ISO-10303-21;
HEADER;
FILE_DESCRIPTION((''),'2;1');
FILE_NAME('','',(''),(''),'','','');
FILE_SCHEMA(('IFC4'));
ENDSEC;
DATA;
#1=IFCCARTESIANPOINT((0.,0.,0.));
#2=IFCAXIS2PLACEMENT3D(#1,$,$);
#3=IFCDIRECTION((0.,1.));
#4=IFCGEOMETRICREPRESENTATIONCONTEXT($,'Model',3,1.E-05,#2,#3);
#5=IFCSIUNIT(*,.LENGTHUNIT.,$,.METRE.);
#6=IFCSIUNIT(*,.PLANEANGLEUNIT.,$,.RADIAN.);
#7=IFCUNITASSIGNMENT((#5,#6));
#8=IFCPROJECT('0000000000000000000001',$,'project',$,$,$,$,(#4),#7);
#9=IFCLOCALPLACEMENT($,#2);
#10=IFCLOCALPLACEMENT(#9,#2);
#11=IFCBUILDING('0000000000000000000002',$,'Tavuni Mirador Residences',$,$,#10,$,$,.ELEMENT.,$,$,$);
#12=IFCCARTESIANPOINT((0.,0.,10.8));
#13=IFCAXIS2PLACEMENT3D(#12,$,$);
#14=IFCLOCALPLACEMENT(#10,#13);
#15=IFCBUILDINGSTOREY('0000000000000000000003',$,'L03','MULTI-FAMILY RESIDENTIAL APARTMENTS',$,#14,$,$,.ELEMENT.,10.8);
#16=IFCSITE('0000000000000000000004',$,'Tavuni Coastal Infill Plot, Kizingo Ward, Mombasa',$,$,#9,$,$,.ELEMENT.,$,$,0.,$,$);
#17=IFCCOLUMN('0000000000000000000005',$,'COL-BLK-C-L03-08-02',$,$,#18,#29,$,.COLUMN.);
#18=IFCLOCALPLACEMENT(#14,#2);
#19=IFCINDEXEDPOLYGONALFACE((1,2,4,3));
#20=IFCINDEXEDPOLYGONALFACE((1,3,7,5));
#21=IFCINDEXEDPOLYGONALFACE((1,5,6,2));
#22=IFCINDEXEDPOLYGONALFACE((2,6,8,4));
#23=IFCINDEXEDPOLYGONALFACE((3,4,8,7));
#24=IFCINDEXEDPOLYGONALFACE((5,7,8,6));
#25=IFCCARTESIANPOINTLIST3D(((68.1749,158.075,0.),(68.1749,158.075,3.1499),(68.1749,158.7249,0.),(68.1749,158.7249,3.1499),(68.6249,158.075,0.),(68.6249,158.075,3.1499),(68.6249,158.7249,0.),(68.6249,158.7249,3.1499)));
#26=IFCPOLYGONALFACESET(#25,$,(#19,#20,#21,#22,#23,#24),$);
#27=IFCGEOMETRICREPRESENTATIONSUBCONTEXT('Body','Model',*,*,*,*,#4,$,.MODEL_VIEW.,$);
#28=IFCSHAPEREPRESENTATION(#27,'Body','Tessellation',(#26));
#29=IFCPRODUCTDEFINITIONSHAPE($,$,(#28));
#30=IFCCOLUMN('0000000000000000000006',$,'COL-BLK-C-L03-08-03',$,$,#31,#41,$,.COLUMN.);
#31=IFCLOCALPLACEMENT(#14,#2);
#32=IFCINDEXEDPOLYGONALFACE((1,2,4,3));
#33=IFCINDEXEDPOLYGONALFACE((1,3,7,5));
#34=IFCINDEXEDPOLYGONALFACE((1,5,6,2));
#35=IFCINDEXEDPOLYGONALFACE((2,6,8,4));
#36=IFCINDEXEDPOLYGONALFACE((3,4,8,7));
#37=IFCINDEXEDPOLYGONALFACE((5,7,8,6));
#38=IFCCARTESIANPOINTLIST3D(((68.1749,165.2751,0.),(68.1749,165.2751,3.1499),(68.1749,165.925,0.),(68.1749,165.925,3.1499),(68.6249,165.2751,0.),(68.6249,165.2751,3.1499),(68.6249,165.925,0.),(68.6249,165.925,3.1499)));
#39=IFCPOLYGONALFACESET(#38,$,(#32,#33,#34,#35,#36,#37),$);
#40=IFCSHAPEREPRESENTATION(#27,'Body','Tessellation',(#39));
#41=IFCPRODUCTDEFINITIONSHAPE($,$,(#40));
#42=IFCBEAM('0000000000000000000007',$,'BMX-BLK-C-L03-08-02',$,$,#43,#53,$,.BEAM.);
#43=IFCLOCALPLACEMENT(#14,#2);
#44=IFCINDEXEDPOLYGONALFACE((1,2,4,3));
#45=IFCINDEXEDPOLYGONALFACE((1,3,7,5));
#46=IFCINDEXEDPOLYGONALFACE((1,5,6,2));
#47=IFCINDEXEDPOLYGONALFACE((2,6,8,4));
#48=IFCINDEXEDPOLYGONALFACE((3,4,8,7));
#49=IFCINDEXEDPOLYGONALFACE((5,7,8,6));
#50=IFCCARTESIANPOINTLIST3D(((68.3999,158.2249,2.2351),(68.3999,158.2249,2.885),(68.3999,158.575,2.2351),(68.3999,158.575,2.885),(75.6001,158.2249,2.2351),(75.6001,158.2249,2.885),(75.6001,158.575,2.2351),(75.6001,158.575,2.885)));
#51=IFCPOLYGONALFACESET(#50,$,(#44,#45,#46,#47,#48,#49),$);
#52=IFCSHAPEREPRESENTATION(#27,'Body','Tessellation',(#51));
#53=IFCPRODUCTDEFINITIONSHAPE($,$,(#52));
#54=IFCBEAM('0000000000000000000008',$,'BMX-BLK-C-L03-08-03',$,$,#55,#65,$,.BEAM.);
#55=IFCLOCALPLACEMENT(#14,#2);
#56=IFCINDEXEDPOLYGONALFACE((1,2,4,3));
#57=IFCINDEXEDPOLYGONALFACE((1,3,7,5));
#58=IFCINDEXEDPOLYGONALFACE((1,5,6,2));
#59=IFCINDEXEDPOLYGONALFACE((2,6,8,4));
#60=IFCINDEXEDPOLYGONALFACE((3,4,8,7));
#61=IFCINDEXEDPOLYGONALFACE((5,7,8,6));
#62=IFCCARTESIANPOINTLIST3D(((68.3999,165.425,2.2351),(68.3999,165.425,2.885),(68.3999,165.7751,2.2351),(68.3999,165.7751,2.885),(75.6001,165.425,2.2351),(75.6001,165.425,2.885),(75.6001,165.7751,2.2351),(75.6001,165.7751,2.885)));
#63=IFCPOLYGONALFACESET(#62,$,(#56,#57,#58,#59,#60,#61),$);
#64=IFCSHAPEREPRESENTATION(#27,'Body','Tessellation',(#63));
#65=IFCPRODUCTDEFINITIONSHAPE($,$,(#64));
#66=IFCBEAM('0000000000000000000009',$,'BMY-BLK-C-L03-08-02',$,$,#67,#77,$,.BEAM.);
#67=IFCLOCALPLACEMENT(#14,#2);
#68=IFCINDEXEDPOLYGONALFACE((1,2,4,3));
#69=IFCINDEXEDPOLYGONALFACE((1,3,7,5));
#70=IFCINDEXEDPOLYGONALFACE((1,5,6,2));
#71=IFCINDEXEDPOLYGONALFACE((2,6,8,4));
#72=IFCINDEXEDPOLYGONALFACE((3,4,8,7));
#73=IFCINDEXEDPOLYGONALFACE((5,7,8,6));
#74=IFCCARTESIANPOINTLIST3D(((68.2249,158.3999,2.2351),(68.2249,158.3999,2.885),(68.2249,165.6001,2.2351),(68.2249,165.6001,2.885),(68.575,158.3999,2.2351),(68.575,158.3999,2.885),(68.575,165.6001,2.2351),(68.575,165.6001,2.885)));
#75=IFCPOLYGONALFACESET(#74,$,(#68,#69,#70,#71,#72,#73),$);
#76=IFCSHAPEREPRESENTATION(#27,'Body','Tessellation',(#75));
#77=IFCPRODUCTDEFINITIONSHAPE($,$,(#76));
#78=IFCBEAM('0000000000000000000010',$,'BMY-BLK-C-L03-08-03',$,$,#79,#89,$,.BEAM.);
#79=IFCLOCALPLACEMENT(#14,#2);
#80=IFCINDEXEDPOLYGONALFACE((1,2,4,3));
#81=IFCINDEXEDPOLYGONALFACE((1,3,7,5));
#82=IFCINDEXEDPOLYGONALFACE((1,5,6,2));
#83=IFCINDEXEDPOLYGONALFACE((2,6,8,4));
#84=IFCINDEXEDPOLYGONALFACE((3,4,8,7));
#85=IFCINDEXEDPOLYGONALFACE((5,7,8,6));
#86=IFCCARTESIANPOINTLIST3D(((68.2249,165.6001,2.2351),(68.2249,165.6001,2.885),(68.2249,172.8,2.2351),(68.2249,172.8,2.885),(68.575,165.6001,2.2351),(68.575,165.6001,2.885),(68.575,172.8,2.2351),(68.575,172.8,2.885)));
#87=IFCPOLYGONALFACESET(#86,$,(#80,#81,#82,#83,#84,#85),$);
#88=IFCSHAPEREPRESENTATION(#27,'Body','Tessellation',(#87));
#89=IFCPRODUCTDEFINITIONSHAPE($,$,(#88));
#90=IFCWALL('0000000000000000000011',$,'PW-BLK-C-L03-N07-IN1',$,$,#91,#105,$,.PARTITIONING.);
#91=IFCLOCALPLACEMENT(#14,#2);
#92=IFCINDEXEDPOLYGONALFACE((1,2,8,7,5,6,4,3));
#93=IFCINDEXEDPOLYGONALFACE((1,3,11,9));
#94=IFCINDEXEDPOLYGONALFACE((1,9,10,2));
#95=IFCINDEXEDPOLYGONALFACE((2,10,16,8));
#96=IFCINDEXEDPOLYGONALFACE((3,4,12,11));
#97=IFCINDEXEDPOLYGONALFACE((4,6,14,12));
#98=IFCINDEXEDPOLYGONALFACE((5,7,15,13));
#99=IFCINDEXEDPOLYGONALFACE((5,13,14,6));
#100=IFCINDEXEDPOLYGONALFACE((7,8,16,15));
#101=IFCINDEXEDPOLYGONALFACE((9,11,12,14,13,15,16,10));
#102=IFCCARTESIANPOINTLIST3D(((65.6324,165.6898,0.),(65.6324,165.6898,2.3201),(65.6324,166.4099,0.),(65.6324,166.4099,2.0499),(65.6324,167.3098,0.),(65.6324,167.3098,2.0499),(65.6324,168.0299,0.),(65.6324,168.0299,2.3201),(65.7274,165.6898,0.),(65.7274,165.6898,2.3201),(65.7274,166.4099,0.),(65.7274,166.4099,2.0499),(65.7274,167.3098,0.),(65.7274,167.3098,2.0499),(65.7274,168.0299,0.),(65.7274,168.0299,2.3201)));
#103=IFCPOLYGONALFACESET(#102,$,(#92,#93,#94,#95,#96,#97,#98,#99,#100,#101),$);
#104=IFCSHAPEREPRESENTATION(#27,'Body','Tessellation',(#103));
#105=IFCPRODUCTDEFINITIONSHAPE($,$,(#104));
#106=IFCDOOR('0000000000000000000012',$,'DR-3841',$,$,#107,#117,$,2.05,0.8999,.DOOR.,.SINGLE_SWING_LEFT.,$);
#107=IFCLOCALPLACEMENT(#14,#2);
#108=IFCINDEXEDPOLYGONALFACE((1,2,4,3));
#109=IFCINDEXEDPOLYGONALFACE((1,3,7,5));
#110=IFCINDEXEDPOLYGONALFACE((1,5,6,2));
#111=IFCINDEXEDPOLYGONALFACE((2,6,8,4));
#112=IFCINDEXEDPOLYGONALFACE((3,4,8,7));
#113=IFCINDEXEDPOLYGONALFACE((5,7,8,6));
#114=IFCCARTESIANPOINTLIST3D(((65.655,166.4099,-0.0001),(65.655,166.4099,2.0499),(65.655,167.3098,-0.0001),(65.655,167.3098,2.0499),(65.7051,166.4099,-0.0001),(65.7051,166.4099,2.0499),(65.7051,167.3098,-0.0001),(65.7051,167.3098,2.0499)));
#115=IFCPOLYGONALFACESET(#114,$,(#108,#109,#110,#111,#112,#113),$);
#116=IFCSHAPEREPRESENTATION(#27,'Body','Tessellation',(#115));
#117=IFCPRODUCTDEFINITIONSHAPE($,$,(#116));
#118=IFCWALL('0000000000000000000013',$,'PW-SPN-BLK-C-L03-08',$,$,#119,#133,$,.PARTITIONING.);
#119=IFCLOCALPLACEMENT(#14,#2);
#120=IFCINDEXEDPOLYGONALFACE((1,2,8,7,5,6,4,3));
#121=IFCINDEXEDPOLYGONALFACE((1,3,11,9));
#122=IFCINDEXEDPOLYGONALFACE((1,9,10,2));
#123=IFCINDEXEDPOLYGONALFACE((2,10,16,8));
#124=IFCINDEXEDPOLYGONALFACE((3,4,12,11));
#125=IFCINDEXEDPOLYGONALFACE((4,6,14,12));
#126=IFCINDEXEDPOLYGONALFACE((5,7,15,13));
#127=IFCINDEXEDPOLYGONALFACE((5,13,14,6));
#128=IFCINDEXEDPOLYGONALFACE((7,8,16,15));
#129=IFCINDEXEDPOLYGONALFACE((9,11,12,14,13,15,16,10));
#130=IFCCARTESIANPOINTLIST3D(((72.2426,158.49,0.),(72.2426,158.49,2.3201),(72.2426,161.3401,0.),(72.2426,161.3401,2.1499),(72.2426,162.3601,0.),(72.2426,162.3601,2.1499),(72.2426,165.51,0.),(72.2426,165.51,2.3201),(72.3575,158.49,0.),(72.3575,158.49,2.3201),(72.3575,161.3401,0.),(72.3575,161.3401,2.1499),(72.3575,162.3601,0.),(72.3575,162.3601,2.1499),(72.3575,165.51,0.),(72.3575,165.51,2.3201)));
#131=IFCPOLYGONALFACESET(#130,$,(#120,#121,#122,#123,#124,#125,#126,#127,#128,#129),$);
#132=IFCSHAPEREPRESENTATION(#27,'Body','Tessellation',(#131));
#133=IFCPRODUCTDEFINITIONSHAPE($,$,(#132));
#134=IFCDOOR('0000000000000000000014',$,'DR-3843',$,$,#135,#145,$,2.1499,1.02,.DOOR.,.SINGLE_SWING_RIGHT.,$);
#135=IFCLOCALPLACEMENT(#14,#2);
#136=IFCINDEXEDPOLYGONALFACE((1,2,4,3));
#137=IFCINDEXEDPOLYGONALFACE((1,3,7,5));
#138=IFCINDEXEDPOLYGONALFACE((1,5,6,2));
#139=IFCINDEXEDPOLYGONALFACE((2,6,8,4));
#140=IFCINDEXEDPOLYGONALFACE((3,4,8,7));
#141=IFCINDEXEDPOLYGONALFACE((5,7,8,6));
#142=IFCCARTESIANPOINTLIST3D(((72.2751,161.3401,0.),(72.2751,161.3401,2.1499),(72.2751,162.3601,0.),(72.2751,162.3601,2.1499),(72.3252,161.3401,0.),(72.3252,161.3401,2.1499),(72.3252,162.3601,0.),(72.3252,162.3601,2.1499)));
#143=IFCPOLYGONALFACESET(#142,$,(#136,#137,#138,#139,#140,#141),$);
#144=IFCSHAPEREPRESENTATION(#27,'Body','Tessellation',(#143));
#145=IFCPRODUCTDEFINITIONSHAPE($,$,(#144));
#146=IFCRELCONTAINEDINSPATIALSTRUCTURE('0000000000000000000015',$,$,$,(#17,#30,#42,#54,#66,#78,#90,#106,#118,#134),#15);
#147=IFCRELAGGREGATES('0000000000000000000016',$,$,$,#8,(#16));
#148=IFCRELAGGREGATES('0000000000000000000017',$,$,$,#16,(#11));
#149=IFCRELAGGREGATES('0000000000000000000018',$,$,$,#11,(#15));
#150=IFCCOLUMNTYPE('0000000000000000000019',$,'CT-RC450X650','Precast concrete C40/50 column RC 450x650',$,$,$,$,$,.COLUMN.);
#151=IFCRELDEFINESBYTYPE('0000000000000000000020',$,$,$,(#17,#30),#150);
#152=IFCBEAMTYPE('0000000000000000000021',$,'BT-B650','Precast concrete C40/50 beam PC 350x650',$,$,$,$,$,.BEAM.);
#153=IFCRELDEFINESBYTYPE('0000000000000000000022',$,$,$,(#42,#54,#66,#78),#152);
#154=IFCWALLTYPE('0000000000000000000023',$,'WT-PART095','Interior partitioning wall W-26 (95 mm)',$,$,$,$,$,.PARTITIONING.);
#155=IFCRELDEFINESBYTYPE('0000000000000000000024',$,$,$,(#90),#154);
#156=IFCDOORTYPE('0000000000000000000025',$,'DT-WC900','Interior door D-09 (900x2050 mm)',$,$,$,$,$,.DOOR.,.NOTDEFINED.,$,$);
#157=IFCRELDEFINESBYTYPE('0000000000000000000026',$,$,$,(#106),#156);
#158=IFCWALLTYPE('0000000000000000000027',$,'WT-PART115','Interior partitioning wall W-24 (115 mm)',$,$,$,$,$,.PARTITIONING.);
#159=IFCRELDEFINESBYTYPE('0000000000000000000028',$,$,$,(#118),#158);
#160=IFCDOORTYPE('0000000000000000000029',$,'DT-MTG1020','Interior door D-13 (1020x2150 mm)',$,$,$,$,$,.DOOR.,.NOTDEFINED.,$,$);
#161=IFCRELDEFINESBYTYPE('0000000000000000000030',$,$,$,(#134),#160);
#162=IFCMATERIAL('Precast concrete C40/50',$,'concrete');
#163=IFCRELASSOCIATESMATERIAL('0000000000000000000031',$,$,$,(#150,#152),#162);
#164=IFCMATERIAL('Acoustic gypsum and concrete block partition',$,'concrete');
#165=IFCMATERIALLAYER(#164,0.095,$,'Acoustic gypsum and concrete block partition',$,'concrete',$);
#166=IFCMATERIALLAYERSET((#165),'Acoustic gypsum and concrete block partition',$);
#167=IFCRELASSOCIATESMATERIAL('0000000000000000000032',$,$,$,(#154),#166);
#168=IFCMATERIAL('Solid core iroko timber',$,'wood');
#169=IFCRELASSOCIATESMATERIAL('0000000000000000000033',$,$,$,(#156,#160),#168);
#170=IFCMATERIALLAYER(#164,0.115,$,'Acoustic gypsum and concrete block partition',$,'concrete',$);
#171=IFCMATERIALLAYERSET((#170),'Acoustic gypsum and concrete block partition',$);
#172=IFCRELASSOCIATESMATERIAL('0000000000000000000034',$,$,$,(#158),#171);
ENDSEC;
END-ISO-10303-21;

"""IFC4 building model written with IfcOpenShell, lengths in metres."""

from ifc_helpers import new_model, si_unit, direction, frame, frame_2d, origin, origin_2d, place, context, subcontext, project, spatial, rectangle, extrude, material, layer, layer_set, material_profile, profile_set, type_object, element, fill, save


model = new_model("IFC4")

# Units and contexts
model_context = context("Model", 3, precision=1e-05, world=origin(), true_north=direction((0.0, 1.0)))
body_context = subcontext(model_context, "Body", "Model", "MODEL_VIEW")
ifc_project = project(units=[si_unit("LENGTHUNIT", "METRE"), si_unit("PLANEANGLEUNIT", "RADIAN")], contexts=[model_context])

# Site, building, storey
site_placement = place(None, origin())
site = spatial("IfcSite", under=ifc_project, at=site_placement, Name="Tavuni Coastal Infill Plot, Kizingo Ward, Mombasa", CompositionType="ELEMENT", RefElevation=0.0)
building_placement = place(site_placement, origin())
building = spatial("IfcBuilding", under=site, at=building_placement, Name="Tavuni Mirador Residences", CompositionType="ELEMENT")
storey_placement = place(building_placement, frame((0.0, 0.0, 10.8)))
storey = spatial("IfcBuildingStorey", under=building, at=storey_placement, Name="L03", Description="MULTI-FAMILY RESIDENTIAL APARTMENTS", CompositionType="ELEMENT", Elevation=10.8)

# Columns
ifc_material_1 = material(Name="Precast concrete C40/50", Category="concrete")
ifc_material_profile_1 = material_profile(ifc_material_1, rectangle(XDim=0.45, YDim=0.6499, at=origin_2d()), Name="RC 450x650", Category="concrete")
ifc_profile_set_1 = profile_set([ifc_material_profile_1], Name="Precast concrete C40/50")
column_type = type_object("IfcColumnType", Name="CT-RC450X650", Description="Precast concrete C40/50 column RC 450x650", PredefinedType="COLUMN", material=ifc_profile_set_1)
for number, where, z_axis, x_axis, name in (
    (1, (68.3999, 158.3999, 0.0), (0.0, 0.0, 1.0), (1.0, 0.0, 0.0), "COL-BLK-C-L03-08-02"),
    (2, (68.3999, 165.6001, 0.0), (0.0, 0.0, 1.0), (1.0, 0.0, 0.0), "COL-BLK-C-L03-08-03"),
):
    element("IfcColumn", number, at=place(storey_placement, frame(where, z_axis=z_axis, x_axis=x_axis)), inside=storey, type_object=column_type, Name=name, PredefinedType="COLUMN", context=body_context, shape_type="SweptSolid", body=[
        extrude(rectangle(XDim=0.45, YDim=0.6499, at=origin_2d()), origin(), (0.0, 0.0, 1.0), 3.1499),
    ])

# Beams
ifc_material_profile_2 = material_profile(ifc_material_1, rectangle(XDim=0.3501, YDim=0.6499, at=origin_2d()), Name="PC 350x650", Category="concrete")
ifc_profile_set_2 = profile_set([ifc_material_profile_2], Name="Precast concrete C40/50")
beam_type = type_object("IfcBeamType", Name="BT-B650", Description="Precast concrete C40/50 beam PC 350x650", PredefinedType="BEAM", material=ifc_profile_set_2)
for number, where, z_axis, x_axis, name in (
    (3, (68.3999, 158.3999, 2.5601), (1.0, 0.0, 0.0), (0.0, 1.0, 0.0), "BMX-BLK-C-L03-08-02"),
    (4, (68.3999, 165.6001, 2.5601), (1.0, 0.0, 0.0), (0.0, 1.0, 0.0), "BMX-BLK-C-L03-08-03"),
    (5, (68.3999, 158.3999, 2.5601), (0.0, 1.0, 0.0), (-1.0, 0.0, 0.0), "BMY-BLK-C-L03-08-02"),
):
    element("IfcBeam", number, at=place(storey_placement, frame(where, z_axis=z_axis, x_axis=x_axis)), inside=storey, type_object=beam_type, Name=name, PredefinedType="BEAM", context=body_context, shape_type="SweptSolid", body=[
        extrude(rectangle(XDim=0.3501, YDim=0.6499, at=origin_2d()), origin(), (0.0, 0.0, 1.0), 7.2002),
    ])
beam_placement = place(storey_placement, frame((68.3999, 165.6001, 2.5601), z_axis=(0.0, 1.0, 0.0), x_axis=(-1.0, 0.0, 0.0)))
element("IfcBeam", 6, at=beam_placement, inside=storey, type_object=beam_type, Name="BMY-BLK-C-L03-08-03", PredefinedType="BEAM", context=body_context, shape_type="SweptSolid", body=[
    extrude(rectangle(XDim=0.3501, YDim=0.6499, at=origin_2d()), origin(), (0.0, 0.0, 1.0), 7.2),
])

# Walls, openings, doors
ifc_material_2 = material(Name="Solid core iroko timber", Category="wood")
ifc_material_3 = material(Name="Acoustic gypsum and concrete block partition", Category="concrete")
ifc_layer_1 = layer(ifc_material_3, 0.095, Name="Acoustic gypsum and concrete block partition", Category="concrete")
ifc_layer_set_1 = layer_set([ifc_layer_1], Name="Acoustic gypsum and concrete block partition")
wall_type_1 = type_object("IfcWallType", Name="WT-PART095", Description="Interior partitioning wall W-26 (95 mm)", PredefinedType="PARTITIONING", material=ifc_layer_set_1)
wall_1_placement = place(storey_placement, frame((65.6799, 165.6899, 0.0), z_axis=(0.0, 0.0, 1.0), x_axis=(0.0, 1.0, 0.0)))
wall_1 = element("IfcWall", 7, at=wall_1_placement, inside=storey, type_object=wall_type_1, Name="PW-BLK-C-L03-N07-IN1", PredefinedType="PARTITIONING", context=body_context, shape_type="SweptSolid", body=[
    extrude(rectangle(XDim=2.3401, YDim=0.095, at=frame_2d((1.1699, 0.0))), origin(), (0.0, 0.0, 1.0), 2.3201),
])
opening_1_placement = place(wall_1_placement, frame((0.72, 0.0, 0.0)))
opening_1 = element("IfcOpeningElement", 8, at=opening_1_placement, cuts=wall_1, PredefinedType="OPENING", context=body_context, shape_type="SweptSolid", body=[
    extrude(rectangle(XDim=0.8999, YDim=2.05, at=frame_2d((0.45, 1.0249))), frame((0.0, 0.0576, 0.0), z_axis=(0.0, -1.0, 0.0), x_axis=(1.0, 0.0, 0.0)), (0.0, 0.0, 1.0), 0.115),
])
door_type_1 = type_object("IfcDoorType", Name="DT-WC900", Description="Interior door D-09 (900x2050 mm)", OperationType="NOTDEFINED", PredefinedType="DOOR", material=ifc_material_2)
door_1_placement = place(opening_1_placement, origin())
door_1 = element("IfcDoor", 9, at=door_1_placement, inside=storey, type_object=door_type_1, Name="DR-3841", OperationType="SINGLE_SWING_LEFT", OverallHeight=2.05, OverallWidth=0.8999, PredefinedType="DOOR", context=body_context, shape_type="SweptSolid", body=[
    extrude(rectangle(XDim=0.8999, YDim=2.05, at=frame_2d((0.45, 1.0249))), frame((0.0, 0.0249, 0.0), z_axis=(0.0, -1.0, 0.0), x_axis=(1.0, 0.0, 0.0)), (0.0, 0.0, 1.0), 0.05),
])
fill(opening_1, door_1)
ifc_layer_2 = layer(ifc_material_3, 0.115, Name="Acoustic gypsum and concrete block partition", Category="concrete")
ifc_layer_set_2 = layer_set([ifc_layer_2], Name="Acoustic gypsum and concrete block partition")
wall_type_2 = type_object("IfcWallType", Name="WT-PART115", Description="Interior partitioning wall W-24 (115 mm)", PredefinedType="PARTITIONING", material=ifc_layer_set_2)
wall_2_placement = place(storey_placement, frame((72.3, 158.49, 0.0), z_axis=(0.0, 0.0, 1.0), x_axis=(0.0, 1.0, 0.0)))
wall_2 = element("IfcWall", 10, at=wall_2_placement, inside=storey, type_object=wall_type_2, Name="PW-SPN-BLK-C-L03-08", PredefinedType="PARTITIONING", context=body_context, shape_type="SweptSolid", body=[
    extrude(rectangle(XDim=7.02, YDim=0.115, at=frame_2d((3.51, 0.0))), origin(), (0.0, 0.0, 1.0), 2.3201),
])
opening_2_placement = place(wall_2_placement, frame((2.8501, 0.0, 0.0)))
opening_2 = element("IfcOpeningElement", 11, at=opening_2_placement, cuts=wall_2, PredefinedType="OPENING", context=body_context, shape_type="SweptSolid", body=[
    extrude(rectangle(XDim=1.02, YDim=2.1499, at=frame_2d((0.51, 1.075))), frame((0.0, 0.0674, 0.0), z_axis=(0.0, -1.0, 0.0), x_axis=(1.0, 0.0, 0.0)), (0.0, 0.0, 1.0), 0.135),
])
door_type_2 = type_object("IfcDoorType", Name="DT-MTG1020", Description="Interior door D-13 (1020x2150 mm)", OperationType="NOTDEFINED", PredefinedType="DOOR", material=ifc_material_2)
door_2_placement = place(opening_2_placement, origin())
door_2 = element("IfcDoor", 12, at=door_2_placement, inside=storey, type_object=door_type_2, Name="DR-3843", OperationType="SINGLE_SWING_RIGHT", OverallHeight=2.1499, OverallWidth=1.02, PredefinedType="DOOR", context=body_context, shape_type="SweptSolid", body=[
    extrude(rectangle(XDim=1.02, YDim=2.1499, at=frame_2d((0.51, 1.075))), frame((0.0, 0.0249, 0.0), z_axis=(0.0, -1.0, 0.0), x_axis=(1.0, 0.0, 0.0)), (0.0, 0.0, 1.0), 0.05),
])
fill(opening_2, door_2)

save(model, "model.ifc")
